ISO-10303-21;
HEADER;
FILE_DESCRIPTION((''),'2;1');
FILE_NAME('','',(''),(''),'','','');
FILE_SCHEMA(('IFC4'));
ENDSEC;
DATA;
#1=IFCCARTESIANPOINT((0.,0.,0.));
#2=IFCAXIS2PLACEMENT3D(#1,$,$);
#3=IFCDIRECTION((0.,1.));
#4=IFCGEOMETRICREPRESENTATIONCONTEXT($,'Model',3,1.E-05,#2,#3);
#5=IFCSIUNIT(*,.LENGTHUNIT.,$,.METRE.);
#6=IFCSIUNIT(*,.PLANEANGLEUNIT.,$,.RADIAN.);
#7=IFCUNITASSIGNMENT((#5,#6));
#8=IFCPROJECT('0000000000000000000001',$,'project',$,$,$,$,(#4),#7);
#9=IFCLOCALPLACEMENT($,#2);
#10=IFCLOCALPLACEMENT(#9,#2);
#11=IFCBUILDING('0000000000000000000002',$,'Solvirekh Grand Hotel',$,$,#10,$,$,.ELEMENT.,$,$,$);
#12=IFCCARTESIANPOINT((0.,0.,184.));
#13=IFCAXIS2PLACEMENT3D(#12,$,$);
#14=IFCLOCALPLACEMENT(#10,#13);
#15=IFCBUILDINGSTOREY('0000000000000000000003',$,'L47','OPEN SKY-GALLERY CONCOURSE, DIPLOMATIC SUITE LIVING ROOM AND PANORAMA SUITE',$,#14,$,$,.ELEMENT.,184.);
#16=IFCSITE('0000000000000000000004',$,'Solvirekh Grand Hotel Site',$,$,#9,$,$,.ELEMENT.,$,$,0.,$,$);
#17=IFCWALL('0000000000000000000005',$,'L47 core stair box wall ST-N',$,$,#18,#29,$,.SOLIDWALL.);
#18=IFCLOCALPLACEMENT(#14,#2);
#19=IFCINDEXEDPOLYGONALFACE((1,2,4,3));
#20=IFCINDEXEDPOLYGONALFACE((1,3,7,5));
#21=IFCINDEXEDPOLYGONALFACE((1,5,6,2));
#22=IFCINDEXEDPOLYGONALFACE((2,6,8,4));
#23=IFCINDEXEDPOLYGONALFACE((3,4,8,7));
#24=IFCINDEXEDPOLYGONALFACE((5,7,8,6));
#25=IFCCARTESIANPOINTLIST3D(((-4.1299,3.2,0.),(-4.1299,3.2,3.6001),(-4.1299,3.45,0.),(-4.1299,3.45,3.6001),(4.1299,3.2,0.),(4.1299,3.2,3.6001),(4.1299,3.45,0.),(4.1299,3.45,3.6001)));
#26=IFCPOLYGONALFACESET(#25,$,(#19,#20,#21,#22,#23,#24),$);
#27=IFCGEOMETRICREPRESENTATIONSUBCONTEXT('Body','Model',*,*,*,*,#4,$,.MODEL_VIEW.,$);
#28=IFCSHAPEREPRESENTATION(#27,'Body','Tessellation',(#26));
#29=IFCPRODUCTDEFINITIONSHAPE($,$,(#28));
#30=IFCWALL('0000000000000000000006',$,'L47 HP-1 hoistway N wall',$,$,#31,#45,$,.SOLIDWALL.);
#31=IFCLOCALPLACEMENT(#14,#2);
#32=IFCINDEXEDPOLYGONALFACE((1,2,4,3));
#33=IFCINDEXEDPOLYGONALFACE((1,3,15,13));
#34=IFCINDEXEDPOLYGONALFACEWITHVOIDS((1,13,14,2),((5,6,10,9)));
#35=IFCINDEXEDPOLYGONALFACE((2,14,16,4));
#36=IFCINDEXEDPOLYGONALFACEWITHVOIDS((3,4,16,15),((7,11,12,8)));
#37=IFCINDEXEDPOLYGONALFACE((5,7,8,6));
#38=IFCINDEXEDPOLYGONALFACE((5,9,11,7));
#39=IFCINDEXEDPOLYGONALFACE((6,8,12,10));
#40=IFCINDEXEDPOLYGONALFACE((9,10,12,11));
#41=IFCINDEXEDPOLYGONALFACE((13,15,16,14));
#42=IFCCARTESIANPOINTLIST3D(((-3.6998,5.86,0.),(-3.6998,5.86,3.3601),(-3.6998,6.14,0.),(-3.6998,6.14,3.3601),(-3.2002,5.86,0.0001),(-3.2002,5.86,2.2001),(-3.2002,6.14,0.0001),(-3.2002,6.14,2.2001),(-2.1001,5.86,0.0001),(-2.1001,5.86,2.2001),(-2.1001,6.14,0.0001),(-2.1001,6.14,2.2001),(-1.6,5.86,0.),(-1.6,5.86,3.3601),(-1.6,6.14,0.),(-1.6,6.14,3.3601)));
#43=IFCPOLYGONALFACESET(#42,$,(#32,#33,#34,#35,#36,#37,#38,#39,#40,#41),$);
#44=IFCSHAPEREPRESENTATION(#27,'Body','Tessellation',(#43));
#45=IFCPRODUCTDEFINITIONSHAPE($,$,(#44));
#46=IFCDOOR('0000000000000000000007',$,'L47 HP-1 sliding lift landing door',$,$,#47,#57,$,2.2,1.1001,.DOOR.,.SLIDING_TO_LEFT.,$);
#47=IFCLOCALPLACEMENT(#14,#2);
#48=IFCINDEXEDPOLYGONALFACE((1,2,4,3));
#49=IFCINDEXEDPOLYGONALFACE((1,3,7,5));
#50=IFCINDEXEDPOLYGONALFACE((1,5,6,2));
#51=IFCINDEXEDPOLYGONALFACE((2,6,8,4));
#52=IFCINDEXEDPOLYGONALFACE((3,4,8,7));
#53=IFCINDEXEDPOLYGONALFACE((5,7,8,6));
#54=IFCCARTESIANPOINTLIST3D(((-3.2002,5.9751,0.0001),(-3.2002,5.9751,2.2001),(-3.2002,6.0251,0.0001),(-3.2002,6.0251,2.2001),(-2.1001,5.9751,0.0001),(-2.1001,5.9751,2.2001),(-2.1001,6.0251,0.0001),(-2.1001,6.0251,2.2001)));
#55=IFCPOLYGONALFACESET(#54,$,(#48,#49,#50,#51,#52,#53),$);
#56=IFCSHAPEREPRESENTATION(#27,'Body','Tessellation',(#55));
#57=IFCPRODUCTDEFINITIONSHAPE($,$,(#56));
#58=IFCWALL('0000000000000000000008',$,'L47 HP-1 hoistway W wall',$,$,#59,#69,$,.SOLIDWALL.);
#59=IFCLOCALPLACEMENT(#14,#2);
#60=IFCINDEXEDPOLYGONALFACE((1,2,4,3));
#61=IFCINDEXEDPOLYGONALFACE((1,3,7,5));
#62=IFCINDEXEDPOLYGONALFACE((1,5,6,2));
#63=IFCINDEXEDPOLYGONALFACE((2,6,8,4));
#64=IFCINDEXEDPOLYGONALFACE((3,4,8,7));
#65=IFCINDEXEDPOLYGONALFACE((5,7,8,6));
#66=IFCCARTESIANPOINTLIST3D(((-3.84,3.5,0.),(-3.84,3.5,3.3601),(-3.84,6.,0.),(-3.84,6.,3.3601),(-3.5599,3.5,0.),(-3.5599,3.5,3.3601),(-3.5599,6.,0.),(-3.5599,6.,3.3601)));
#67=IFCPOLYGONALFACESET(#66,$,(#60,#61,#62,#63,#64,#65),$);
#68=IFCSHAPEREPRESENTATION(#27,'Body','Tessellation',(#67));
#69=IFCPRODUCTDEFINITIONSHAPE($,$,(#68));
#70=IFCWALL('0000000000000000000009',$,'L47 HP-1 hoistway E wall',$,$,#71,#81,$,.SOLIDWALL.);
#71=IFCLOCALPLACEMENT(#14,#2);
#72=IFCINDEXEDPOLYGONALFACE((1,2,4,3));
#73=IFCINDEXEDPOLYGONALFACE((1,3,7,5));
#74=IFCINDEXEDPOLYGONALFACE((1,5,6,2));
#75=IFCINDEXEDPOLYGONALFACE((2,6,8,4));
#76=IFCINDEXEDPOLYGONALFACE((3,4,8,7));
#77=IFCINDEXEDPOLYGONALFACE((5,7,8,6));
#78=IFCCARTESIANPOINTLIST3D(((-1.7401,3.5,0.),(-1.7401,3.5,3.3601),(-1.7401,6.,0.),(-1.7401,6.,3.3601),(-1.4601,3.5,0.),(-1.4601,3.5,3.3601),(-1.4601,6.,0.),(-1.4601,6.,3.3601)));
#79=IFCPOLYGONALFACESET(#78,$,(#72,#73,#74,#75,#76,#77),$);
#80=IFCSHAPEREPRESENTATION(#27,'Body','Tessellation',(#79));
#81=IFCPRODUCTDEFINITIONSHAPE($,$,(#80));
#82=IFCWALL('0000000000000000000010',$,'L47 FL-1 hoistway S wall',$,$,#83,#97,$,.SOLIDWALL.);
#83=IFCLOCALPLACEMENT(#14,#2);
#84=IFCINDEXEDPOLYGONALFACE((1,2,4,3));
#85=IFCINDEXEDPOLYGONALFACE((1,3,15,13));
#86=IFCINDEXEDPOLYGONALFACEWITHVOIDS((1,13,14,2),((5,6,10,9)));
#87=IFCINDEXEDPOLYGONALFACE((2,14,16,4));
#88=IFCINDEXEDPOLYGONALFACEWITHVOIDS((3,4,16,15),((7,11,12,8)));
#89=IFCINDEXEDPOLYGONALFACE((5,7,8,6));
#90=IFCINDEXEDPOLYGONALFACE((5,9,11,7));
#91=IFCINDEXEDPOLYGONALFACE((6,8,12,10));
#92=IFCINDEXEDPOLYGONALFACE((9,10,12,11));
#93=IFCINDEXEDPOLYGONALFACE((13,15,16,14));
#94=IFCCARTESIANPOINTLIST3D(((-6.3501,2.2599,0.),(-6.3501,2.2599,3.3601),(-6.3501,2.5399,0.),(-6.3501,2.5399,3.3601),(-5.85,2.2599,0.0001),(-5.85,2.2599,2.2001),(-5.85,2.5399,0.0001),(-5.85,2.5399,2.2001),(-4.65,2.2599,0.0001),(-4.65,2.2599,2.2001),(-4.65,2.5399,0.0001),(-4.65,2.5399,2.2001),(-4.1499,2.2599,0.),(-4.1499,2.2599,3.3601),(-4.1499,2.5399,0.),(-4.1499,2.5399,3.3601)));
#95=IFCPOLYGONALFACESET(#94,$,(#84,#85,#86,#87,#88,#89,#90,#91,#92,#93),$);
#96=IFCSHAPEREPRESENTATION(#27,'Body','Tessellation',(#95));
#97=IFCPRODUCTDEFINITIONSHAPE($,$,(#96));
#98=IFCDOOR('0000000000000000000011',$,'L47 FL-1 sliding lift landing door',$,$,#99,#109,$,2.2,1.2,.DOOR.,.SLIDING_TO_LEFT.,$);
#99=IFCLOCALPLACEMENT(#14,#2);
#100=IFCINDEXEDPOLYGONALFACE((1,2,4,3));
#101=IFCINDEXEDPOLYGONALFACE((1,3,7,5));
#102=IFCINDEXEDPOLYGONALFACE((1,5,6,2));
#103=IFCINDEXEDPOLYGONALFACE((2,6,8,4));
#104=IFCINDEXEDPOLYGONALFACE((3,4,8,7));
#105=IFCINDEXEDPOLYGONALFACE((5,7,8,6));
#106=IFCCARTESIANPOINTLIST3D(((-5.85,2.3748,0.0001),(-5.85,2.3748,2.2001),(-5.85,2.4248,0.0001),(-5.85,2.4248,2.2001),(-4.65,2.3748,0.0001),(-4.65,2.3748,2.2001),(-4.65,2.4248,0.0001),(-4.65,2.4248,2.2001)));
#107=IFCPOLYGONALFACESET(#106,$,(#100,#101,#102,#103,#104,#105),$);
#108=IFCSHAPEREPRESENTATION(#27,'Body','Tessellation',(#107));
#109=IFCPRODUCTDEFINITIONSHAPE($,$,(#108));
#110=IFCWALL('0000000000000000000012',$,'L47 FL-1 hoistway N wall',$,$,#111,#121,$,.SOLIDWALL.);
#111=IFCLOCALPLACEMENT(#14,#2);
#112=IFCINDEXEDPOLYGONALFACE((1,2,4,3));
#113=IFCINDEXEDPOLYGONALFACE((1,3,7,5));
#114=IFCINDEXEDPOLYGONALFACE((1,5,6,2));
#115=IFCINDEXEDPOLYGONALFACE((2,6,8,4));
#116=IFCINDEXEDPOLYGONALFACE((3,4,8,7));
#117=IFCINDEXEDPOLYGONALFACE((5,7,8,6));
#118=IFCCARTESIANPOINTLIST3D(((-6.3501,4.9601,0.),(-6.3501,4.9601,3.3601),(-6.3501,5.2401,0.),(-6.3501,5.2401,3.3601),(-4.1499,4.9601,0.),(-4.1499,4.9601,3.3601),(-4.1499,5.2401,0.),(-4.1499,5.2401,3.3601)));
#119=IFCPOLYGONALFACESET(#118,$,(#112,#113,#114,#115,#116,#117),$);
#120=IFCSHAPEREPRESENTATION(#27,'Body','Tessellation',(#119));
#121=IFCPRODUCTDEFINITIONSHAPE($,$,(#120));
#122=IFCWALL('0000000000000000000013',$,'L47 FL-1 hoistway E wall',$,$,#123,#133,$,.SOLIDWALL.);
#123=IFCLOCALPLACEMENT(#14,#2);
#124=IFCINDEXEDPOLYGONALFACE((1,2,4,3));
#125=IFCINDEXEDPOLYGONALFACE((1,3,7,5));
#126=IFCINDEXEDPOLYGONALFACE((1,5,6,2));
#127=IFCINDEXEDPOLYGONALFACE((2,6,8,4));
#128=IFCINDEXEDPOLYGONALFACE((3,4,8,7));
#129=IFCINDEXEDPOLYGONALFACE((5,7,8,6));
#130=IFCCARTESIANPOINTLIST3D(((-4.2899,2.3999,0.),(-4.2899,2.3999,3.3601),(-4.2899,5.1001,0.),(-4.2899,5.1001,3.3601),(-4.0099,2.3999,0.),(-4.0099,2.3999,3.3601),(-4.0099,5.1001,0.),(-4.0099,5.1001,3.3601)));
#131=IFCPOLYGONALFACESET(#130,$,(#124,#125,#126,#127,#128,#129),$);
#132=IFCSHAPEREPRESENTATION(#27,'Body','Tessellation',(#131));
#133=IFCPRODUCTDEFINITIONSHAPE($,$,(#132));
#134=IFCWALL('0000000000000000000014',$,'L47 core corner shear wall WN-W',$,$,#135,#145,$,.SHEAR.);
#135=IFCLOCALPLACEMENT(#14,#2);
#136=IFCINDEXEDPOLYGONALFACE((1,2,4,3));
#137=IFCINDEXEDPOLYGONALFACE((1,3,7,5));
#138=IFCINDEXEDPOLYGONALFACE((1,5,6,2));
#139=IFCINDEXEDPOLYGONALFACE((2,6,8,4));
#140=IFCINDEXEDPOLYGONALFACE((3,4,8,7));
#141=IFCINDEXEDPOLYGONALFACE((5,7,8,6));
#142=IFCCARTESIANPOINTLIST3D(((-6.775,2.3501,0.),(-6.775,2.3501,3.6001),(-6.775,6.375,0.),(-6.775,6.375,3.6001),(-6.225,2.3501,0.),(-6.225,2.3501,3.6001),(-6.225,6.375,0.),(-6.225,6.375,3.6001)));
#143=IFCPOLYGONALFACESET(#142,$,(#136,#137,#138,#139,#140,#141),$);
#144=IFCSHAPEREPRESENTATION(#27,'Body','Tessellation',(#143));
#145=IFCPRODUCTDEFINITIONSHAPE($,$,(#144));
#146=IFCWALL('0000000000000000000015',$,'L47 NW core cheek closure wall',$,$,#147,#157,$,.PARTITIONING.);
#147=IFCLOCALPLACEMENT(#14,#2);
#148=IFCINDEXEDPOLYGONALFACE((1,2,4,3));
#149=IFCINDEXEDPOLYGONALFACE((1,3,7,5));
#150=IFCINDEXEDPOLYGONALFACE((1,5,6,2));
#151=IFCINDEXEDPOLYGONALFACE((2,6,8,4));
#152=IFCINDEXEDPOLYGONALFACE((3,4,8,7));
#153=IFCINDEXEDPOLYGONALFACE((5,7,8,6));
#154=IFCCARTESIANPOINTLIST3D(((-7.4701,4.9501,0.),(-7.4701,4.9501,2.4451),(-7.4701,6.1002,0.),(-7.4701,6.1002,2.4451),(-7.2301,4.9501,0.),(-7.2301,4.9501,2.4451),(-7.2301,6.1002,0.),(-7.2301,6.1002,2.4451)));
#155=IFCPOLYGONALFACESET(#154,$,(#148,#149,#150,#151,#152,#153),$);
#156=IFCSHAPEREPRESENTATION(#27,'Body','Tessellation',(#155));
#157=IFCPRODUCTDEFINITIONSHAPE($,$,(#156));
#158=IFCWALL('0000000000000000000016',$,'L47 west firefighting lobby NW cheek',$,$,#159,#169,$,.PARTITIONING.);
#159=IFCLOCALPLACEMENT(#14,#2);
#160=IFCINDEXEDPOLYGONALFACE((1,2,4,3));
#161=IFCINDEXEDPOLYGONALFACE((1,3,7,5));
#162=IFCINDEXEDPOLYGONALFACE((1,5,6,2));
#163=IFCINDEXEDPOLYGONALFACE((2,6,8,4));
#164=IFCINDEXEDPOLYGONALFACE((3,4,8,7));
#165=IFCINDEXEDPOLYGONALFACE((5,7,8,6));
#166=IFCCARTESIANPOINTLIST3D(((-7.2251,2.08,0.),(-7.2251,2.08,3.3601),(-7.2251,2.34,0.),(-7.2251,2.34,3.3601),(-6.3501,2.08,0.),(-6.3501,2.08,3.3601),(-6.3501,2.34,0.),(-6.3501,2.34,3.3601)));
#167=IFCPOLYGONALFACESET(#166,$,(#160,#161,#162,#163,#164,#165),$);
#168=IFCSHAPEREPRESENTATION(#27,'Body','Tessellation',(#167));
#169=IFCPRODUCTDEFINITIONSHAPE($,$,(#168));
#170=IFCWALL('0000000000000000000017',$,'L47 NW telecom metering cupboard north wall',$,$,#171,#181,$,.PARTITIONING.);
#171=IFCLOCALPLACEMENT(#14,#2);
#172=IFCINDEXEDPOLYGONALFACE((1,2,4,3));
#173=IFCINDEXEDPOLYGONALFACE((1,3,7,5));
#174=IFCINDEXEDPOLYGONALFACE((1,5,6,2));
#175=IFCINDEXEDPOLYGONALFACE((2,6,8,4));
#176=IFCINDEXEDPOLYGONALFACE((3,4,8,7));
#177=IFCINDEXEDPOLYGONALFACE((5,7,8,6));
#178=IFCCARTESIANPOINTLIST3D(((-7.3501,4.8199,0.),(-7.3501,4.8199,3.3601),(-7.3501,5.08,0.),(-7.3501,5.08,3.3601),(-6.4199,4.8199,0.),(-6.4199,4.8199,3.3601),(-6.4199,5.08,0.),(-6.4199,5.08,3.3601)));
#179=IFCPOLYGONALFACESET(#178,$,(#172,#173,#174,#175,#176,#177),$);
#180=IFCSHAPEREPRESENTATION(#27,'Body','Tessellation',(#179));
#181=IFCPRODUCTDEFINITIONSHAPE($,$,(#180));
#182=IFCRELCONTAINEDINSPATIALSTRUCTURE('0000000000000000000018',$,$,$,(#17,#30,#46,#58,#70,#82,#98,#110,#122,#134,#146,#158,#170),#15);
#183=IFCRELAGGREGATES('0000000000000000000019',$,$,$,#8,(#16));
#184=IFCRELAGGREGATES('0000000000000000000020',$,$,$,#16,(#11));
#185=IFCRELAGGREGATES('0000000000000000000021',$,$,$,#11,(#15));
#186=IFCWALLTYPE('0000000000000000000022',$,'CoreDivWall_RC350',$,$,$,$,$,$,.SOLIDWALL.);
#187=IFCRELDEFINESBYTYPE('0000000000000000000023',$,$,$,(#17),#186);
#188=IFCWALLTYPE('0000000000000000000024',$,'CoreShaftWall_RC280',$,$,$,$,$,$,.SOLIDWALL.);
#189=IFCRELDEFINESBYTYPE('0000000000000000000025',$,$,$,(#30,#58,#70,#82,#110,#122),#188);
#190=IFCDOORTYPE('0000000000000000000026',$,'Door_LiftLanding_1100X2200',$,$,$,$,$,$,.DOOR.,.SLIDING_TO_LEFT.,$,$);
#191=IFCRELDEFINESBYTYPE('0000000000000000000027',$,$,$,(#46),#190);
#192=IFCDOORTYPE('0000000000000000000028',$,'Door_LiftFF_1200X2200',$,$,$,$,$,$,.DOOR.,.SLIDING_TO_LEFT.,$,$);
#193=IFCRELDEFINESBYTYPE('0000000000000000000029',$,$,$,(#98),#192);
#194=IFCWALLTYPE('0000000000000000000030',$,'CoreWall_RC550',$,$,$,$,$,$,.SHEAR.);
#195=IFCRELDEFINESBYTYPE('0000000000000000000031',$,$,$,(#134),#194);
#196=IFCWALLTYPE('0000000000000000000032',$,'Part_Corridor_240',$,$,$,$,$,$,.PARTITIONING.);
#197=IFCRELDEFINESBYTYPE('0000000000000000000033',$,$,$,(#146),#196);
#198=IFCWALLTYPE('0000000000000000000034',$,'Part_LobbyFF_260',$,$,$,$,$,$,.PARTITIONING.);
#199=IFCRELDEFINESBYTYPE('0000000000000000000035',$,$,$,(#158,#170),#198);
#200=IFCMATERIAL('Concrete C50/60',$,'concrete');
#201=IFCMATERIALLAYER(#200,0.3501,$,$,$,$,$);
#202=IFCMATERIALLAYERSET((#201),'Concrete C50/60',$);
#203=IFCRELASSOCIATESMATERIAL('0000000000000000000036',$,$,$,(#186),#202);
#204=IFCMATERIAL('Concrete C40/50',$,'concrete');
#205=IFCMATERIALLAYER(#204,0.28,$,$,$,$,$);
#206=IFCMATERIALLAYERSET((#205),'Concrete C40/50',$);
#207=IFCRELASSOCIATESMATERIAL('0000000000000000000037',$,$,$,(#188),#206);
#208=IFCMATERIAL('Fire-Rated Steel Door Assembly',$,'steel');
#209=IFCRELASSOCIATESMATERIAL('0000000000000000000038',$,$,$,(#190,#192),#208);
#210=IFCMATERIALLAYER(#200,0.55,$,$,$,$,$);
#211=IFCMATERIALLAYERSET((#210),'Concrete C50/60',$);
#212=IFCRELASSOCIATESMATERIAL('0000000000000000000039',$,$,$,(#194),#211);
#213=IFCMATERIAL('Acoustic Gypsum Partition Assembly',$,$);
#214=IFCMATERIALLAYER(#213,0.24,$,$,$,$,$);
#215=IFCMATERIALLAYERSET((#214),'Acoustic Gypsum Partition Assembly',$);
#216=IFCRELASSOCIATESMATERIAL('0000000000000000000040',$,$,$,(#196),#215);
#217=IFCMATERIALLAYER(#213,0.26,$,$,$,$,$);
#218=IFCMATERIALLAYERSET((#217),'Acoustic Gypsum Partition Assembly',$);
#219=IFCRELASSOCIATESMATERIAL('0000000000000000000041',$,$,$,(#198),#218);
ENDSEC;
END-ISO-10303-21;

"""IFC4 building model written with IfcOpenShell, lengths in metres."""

from ifc_helpers import new_model, si_unit, direction, frame, frame_2d, origin, place, context, subcontext, project, spatial, rectangle, extrude, material, layer, layer_set, type_object, element, fill, save


model = new_model("IFC4")

# Units and contexts
model_context = context("Model", 3, precision=1e-05, world=origin(), true_north=direction((0.0, 1.0)))
body_context = subcontext(model_context, "Body", "Model", "MODEL_VIEW")
ifc_project = project(units=[si_unit("LENGTHUNIT", "METRE"), si_unit("PLANEANGLEUNIT", "RADIAN")], contexts=[model_context])

# Site, building, storey
site_placement = place(None, origin())
site = spatial("IfcSite", under=ifc_project, at=site_placement, Name="Solvirekh Grand Hotel Site", CompositionType="ELEMENT", RefElevation=0.0)
building_placement = place(site_placement, origin())
building = spatial("IfcBuilding", under=site, at=building_placement, Name="Solvirekh Grand Hotel", CompositionType="ELEMENT")
storey_placement = place(building_placement, frame((0.0, 0.0, 184.0)))
storey = spatial("IfcBuildingStorey", under=building, at=storey_placement, Name="L47", Description="OPEN SKY-GALLERY CONCOURSE, DIPLOMATIC SUITE LIVING ROOM AND PANORAMA SUITE", CompositionType="ELEMENT", Elevation=184.0)

# Wall
ifc_material_1 = material(Name="Concrete C50/60", Category="concrete")
ifc_layer_1 = layer(ifc_material_1, 0.3501)
ifc_layer_set_1 = layer_set([ifc_layer_1], Name="Concrete C50/60")
wall_type_1 = type_object("IfcWallType", Name="CoreDivWall_RC350", PredefinedType="SOLIDWALL", material=ifc_layer_set_1)
wall_1_placement = place(storey_placement, frame((-4.1299, 3.325, 0.0), z_axis=(0.0, 0.0, 1.0), x_axis=(1.0, 0.0, 0.0)))
element("IfcWall", 1, at=wall_1_placement, inside=storey, type_object=wall_type_1, Name="L47 core stair box wall ST-N", PredefinedType="SOLIDWALL", context=body_context, shape_type="SweptSolid", body=[
    extrude(rectangle(XDim=8.2598, YDim=0.25, at=frame_2d((4.1299, 0.0))), origin(), (0.0, 0.0, 1.0), 3.6001),
])

# Wall, opening, door
ifc_material_2 = material(Name="Concrete C40/50", Category="concrete")
ifc_layer_2 = layer(ifc_material_2, 0.28)
ifc_layer_set_2 = layer_set([ifc_layer_2], Name="Concrete C40/50")
wall_type_2 = type_object("IfcWallType", Name="CoreShaftWall_RC280", PredefinedType="SOLIDWALL", material=ifc_layer_set_2)
wall_2_placement = place(storey_placement, frame((-1.6001, 6.0, 0.0), z_axis=(0.0, 0.0, 1.0), x_axis=(-1.0, 0.0, 0.0)))
wall_2 = element("IfcWall", 2, at=wall_2_placement, inside=storey, type_object=wall_type_2, Name="L47 HP-1 hoistway N wall", PredefinedType="SOLIDWALL", context=body_context, shape_type="SweptSolid", body=[
    extrude(rectangle(XDim=2.0999, YDim=0.28, at=frame_2d((1.0498, 0.0))), origin(), (0.0, 0.0, 1.0), 3.3601),
])
opening_1_placement = place(wall_2_placement, frame((0.5, 0.0, 0.0)))
opening_1 = element("IfcOpeningElement", 3, at=opening_1_placement, cuts=wall_2, PredefinedType="OPENING", context=body_context, shape_type="SweptSolid", body=[
    extrude(rectangle(XDim=1.1001, YDim=2.2, at=frame_2d((0.55, 1.1001))), frame((0.0, 0.1499, 0.0), z_axis=(0.0, -1.0, 0.0), x_axis=(1.0, 0.0, 0.0)), (0.0, 0.0, 1.0), 0.3),
])
ifc_material_3 = material(Name="Fire-Rated Steel Door Assembly", Category="steel")
door_type_1 = type_object("IfcDoorType", Name="Door_LiftLanding_1100X2200", OperationType="SLIDING_TO_LEFT", PredefinedType="DOOR", material=ifc_material_3)
door_1_placement = place(opening_1_placement, origin())
door_1 = element("IfcDoor", 4, at=door_1_placement, inside=storey, type_object=door_type_1, Name="L47 HP-1 sliding lift landing door", OperationType="SLIDING_TO_LEFT", OverallHeight=2.2, OverallWidth=1.1001, PredefinedType="DOOR", context=body_context, shape_type="SweptSolid", body=[
    extrude(rectangle(XDim=1.1001, YDim=2.2, at=frame_2d((0.55, 1.1001))), frame((0.0, 0.0249, 0.0), z_axis=(0.0, -1.0, 0.0), x_axis=(1.0, 0.0, 0.0)), (0.0, 0.0, 1.0), 0.05),
])
fill(opening_1, door_1)

# Walls
for number, where, z_axis, x_axis, name in (
    (5, (-3.7, 6.0, 0.0), (0.0, 0.0, 1.0), (0.0, -1.0, 0.0), "L47 HP-1 hoistway W wall"),
    (6, (-1.6001, 3.5, 0.0), (0.0, 0.0, 1.0), (0.0, 1.0, 0.0), "L47 HP-1 hoistway E wall"),
):
    element("IfcWall", number, at=place(storey_placement, frame(where, z_axis=z_axis, x_axis=x_axis)), inside=storey, type_object=wall_type_2, Name=name, PredefinedType="SOLIDWALL", context=body_context, shape_type="SweptSolid", body=[
        extrude(rectangle(XDim=2.5, YDim=0.28, at=frame_2d((1.25, 0.0))), origin(), (0.0, 0.0, 1.0), 3.3601),
    ])

# Wall, opening, door
wall_3_placement = place(storey_placement, frame((-6.3501, 2.3999, 0.0), z_axis=(0.0, 0.0, 1.0), x_axis=(1.0, 0.0, 0.0)))
wall_3 = element("IfcWall", 7, at=wall_3_placement, inside=storey, type_object=wall_type_2, Name="L47 FL-1 hoistway S wall", PredefinedType="SOLIDWALL", context=body_context, shape_type="SweptSolid", body=[
    extrude(rectangle(XDim=2.2002, YDim=0.28, at=frame_2d((1.1001, 0.0))), origin(), (0.0, 0.0, 1.0), 3.3601),
])
opening_2_placement = place(wall_3_placement, frame((0.5, 0.0, 0.0)))
opening_2 = element("IfcOpeningElement", 8, at=opening_2_placement, cuts=wall_3, PredefinedType="OPENING", context=body_context, shape_type="SweptSolid", body=[
    extrude(rectangle(XDim=1.2, YDim=2.2, at=frame_2d((0.6001, 1.1001))), frame((0.0, 0.1499, 0.0), z_axis=(0.0, -1.0, 0.0), x_axis=(1.0, 0.0, 0.0)), (0.0, 0.0, 1.0), 0.3),
])
door_type_2 = type_object("IfcDoorType", Name="Door_LiftFF_1200X2200", OperationType="SLIDING_TO_LEFT", PredefinedType="DOOR", material=ifc_material_3)
door_2_placement = place(opening_2_placement, origin())
door_2 = element("IfcDoor", 9, at=door_2_placement, inside=storey, type_object=door_type_2, Name="L47 FL-1 sliding lift landing door", OperationType="SLIDING_TO_LEFT", OverallHeight=2.2, OverallWidth=1.2, PredefinedType="DOOR", context=body_context, shape_type="SweptSolid", body=[
    extrude(rectangle(XDim=1.2, YDim=2.2, at=frame_2d((0.6001, 1.1001))), frame((0.0, 0.0249, 0.0), z_axis=(0.0, -1.0, 0.0), x_axis=(1.0, 0.0, 0.0)), (0.0, 0.0, 1.0), 0.05),
])
fill(opening_2, door_2)

# Walls
wall_4_placement = place(storey_placement, frame((-4.1499, 5.1001, 0.0), z_axis=(0.0, 0.0, 1.0), x_axis=(-1.0, 0.0, 0.0)))
element("IfcWall", 10, at=wall_4_placement, inside=storey, type_object=wall_type_2, Name="L47 FL-1 hoistway N wall", PredefinedType="SOLIDWALL", context=body_context, shape_type="SweptSolid", body=[
    extrude(rectangle(XDim=2.2002, YDim=0.28, at=frame_2d((1.1001, 0.0))), origin(), (0.0, 0.0, 1.0), 3.3601),
])
wall_5_placement = place(storey_placement, frame((-4.1499, 2.3999, 0.0), z_axis=(0.0, 0.0, 1.0), x_axis=(0.0, 1.0, 0.0)))
element("IfcWall", 11, at=wall_5_placement, inside=storey, type_object=wall_type_2, Name="L47 FL-1 hoistway E wall", PredefinedType="SOLIDWALL", context=body_context, shape_type="SweptSolid", body=[
    extrude(rectangle(XDim=2.7002, YDim=0.28, at=frame_2d((1.3501, 0.0))), origin(), (0.0, 0.0, 1.0), 3.3601),
])
ifc_layer_3 = layer(ifc_material_1, 0.55)
ifc_layer_set_3 = layer_set([ifc_layer_3], Name="Concrete C50/60")
wall_type_3 = type_object("IfcWallType", Name="CoreWall_RC550", PredefinedType="SHEAR", material=ifc_layer_set_3)
wall_6_placement = place(storey_placement, frame((-6.5, 2.3501, 0.0), z_axis=(0.0, 0.0, 1.0), x_axis=(0.0, 1.0, 0.0)))
element("IfcWall", 12, at=wall_6_placement, inside=storey, type_object=wall_type_3, Name="L47 core corner shear wall WN-W", PredefinedType="SHEAR", context=body_context, shape_type="SweptSolid", body=[
    extrude(rectangle(XDim=4.0249, YDim=0.55, at=frame_2d((2.0125, 0.0))), origin(), (0.0, 0.0, 1.0), 3.6001),
])
ifc_material_4 = material(Name="Acoustic Gypsum Partition Assembly")
ifc_layer_4 = layer(ifc_material_4, 0.24)
ifc_layer_set_4 = layer_set([ifc_layer_4], Name="Acoustic Gypsum Partition Assembly")
wall_type_4 = type_object("IfcWallType", Name="Part_Corridor_240", PredefinedType="PARTITIONING", material=ifc_layer_set_4)
wall_7_placement = place(storey_placement, frame((-7.3501, 4.95, 0.0), z_axis=(0.0, 0.0, 1.0), x_axis=(0.0, 1.0, 0.0)))
element("IfcWall", 13, at=wall_7_placement, inside=storey, type_object=wall_type_4, Name="L47 NW core cheek closure wall", PredefinedType="PARTITIONING", context=body_context, shape_type="SweptSolid", body=[
    extrude(rectangle(XDim=1.1501, YDim=0.24, at=frame_2d((0.5752, 0.0))), origin(), (0.0, 0.0, 1.0), 2.4451),
])
ifc_layer_5 = layer(ifc_material_4, 0.26)
ifc_layer_set_5 = layer_set([ifc_layer_5], Name="Acoustic Gypsum Partition Assembly")
wall_type_5 = type_object("IfcWallType", Name="Part_LobbyFF_260", PredefinedType="PARTITIONING", material=ifc_layer_set_5)
wall_8_placement = place(storey_placement, frame((-7.2251, 2.21, 0.0), z_axis=(0.0, 0.0, 1.0), x_axis=(1.0, 0.0, 0.0)))
element("IfcWall", 14, at=wall_8_placement, inside=storey, type_object=wall_type_5, Name="L47 west firefighting lobby NW cheek", PredefinedType="PARTITIONING", context=body_context, shape_type="SweptSolid", body=[
    extrude(rectangle(XDim=0.875, YDim=0.26, at=frame_2d((0.4375, 0.0))), origin(), (0.0, 0.0, 1.0), 3.3601),
])
wall_9_placement = place(storey_placement, frame((-7.3501, 4.95, 0.0), z_axis=(0.0, 0.0, 1.0), x_axis=(1.0, 0.0, 0.0)))
element("IfcWall", 15, at=wall_9_placement, inside=storey, type_object=wall_type_5, Name="L47 NW telecom metering cupboard north wall", PredefinedType="PARTITIONING", context=body_context, shape_type="SweptSolid", body=[
    extrude(rectangle(XDim=0.9302, YDim=0.26, at=frame_2d((0.4651, 0.0))), origin(), (0.0, 0.0, 1.0), 3.3601),
])

save(model, "model.ifc")
